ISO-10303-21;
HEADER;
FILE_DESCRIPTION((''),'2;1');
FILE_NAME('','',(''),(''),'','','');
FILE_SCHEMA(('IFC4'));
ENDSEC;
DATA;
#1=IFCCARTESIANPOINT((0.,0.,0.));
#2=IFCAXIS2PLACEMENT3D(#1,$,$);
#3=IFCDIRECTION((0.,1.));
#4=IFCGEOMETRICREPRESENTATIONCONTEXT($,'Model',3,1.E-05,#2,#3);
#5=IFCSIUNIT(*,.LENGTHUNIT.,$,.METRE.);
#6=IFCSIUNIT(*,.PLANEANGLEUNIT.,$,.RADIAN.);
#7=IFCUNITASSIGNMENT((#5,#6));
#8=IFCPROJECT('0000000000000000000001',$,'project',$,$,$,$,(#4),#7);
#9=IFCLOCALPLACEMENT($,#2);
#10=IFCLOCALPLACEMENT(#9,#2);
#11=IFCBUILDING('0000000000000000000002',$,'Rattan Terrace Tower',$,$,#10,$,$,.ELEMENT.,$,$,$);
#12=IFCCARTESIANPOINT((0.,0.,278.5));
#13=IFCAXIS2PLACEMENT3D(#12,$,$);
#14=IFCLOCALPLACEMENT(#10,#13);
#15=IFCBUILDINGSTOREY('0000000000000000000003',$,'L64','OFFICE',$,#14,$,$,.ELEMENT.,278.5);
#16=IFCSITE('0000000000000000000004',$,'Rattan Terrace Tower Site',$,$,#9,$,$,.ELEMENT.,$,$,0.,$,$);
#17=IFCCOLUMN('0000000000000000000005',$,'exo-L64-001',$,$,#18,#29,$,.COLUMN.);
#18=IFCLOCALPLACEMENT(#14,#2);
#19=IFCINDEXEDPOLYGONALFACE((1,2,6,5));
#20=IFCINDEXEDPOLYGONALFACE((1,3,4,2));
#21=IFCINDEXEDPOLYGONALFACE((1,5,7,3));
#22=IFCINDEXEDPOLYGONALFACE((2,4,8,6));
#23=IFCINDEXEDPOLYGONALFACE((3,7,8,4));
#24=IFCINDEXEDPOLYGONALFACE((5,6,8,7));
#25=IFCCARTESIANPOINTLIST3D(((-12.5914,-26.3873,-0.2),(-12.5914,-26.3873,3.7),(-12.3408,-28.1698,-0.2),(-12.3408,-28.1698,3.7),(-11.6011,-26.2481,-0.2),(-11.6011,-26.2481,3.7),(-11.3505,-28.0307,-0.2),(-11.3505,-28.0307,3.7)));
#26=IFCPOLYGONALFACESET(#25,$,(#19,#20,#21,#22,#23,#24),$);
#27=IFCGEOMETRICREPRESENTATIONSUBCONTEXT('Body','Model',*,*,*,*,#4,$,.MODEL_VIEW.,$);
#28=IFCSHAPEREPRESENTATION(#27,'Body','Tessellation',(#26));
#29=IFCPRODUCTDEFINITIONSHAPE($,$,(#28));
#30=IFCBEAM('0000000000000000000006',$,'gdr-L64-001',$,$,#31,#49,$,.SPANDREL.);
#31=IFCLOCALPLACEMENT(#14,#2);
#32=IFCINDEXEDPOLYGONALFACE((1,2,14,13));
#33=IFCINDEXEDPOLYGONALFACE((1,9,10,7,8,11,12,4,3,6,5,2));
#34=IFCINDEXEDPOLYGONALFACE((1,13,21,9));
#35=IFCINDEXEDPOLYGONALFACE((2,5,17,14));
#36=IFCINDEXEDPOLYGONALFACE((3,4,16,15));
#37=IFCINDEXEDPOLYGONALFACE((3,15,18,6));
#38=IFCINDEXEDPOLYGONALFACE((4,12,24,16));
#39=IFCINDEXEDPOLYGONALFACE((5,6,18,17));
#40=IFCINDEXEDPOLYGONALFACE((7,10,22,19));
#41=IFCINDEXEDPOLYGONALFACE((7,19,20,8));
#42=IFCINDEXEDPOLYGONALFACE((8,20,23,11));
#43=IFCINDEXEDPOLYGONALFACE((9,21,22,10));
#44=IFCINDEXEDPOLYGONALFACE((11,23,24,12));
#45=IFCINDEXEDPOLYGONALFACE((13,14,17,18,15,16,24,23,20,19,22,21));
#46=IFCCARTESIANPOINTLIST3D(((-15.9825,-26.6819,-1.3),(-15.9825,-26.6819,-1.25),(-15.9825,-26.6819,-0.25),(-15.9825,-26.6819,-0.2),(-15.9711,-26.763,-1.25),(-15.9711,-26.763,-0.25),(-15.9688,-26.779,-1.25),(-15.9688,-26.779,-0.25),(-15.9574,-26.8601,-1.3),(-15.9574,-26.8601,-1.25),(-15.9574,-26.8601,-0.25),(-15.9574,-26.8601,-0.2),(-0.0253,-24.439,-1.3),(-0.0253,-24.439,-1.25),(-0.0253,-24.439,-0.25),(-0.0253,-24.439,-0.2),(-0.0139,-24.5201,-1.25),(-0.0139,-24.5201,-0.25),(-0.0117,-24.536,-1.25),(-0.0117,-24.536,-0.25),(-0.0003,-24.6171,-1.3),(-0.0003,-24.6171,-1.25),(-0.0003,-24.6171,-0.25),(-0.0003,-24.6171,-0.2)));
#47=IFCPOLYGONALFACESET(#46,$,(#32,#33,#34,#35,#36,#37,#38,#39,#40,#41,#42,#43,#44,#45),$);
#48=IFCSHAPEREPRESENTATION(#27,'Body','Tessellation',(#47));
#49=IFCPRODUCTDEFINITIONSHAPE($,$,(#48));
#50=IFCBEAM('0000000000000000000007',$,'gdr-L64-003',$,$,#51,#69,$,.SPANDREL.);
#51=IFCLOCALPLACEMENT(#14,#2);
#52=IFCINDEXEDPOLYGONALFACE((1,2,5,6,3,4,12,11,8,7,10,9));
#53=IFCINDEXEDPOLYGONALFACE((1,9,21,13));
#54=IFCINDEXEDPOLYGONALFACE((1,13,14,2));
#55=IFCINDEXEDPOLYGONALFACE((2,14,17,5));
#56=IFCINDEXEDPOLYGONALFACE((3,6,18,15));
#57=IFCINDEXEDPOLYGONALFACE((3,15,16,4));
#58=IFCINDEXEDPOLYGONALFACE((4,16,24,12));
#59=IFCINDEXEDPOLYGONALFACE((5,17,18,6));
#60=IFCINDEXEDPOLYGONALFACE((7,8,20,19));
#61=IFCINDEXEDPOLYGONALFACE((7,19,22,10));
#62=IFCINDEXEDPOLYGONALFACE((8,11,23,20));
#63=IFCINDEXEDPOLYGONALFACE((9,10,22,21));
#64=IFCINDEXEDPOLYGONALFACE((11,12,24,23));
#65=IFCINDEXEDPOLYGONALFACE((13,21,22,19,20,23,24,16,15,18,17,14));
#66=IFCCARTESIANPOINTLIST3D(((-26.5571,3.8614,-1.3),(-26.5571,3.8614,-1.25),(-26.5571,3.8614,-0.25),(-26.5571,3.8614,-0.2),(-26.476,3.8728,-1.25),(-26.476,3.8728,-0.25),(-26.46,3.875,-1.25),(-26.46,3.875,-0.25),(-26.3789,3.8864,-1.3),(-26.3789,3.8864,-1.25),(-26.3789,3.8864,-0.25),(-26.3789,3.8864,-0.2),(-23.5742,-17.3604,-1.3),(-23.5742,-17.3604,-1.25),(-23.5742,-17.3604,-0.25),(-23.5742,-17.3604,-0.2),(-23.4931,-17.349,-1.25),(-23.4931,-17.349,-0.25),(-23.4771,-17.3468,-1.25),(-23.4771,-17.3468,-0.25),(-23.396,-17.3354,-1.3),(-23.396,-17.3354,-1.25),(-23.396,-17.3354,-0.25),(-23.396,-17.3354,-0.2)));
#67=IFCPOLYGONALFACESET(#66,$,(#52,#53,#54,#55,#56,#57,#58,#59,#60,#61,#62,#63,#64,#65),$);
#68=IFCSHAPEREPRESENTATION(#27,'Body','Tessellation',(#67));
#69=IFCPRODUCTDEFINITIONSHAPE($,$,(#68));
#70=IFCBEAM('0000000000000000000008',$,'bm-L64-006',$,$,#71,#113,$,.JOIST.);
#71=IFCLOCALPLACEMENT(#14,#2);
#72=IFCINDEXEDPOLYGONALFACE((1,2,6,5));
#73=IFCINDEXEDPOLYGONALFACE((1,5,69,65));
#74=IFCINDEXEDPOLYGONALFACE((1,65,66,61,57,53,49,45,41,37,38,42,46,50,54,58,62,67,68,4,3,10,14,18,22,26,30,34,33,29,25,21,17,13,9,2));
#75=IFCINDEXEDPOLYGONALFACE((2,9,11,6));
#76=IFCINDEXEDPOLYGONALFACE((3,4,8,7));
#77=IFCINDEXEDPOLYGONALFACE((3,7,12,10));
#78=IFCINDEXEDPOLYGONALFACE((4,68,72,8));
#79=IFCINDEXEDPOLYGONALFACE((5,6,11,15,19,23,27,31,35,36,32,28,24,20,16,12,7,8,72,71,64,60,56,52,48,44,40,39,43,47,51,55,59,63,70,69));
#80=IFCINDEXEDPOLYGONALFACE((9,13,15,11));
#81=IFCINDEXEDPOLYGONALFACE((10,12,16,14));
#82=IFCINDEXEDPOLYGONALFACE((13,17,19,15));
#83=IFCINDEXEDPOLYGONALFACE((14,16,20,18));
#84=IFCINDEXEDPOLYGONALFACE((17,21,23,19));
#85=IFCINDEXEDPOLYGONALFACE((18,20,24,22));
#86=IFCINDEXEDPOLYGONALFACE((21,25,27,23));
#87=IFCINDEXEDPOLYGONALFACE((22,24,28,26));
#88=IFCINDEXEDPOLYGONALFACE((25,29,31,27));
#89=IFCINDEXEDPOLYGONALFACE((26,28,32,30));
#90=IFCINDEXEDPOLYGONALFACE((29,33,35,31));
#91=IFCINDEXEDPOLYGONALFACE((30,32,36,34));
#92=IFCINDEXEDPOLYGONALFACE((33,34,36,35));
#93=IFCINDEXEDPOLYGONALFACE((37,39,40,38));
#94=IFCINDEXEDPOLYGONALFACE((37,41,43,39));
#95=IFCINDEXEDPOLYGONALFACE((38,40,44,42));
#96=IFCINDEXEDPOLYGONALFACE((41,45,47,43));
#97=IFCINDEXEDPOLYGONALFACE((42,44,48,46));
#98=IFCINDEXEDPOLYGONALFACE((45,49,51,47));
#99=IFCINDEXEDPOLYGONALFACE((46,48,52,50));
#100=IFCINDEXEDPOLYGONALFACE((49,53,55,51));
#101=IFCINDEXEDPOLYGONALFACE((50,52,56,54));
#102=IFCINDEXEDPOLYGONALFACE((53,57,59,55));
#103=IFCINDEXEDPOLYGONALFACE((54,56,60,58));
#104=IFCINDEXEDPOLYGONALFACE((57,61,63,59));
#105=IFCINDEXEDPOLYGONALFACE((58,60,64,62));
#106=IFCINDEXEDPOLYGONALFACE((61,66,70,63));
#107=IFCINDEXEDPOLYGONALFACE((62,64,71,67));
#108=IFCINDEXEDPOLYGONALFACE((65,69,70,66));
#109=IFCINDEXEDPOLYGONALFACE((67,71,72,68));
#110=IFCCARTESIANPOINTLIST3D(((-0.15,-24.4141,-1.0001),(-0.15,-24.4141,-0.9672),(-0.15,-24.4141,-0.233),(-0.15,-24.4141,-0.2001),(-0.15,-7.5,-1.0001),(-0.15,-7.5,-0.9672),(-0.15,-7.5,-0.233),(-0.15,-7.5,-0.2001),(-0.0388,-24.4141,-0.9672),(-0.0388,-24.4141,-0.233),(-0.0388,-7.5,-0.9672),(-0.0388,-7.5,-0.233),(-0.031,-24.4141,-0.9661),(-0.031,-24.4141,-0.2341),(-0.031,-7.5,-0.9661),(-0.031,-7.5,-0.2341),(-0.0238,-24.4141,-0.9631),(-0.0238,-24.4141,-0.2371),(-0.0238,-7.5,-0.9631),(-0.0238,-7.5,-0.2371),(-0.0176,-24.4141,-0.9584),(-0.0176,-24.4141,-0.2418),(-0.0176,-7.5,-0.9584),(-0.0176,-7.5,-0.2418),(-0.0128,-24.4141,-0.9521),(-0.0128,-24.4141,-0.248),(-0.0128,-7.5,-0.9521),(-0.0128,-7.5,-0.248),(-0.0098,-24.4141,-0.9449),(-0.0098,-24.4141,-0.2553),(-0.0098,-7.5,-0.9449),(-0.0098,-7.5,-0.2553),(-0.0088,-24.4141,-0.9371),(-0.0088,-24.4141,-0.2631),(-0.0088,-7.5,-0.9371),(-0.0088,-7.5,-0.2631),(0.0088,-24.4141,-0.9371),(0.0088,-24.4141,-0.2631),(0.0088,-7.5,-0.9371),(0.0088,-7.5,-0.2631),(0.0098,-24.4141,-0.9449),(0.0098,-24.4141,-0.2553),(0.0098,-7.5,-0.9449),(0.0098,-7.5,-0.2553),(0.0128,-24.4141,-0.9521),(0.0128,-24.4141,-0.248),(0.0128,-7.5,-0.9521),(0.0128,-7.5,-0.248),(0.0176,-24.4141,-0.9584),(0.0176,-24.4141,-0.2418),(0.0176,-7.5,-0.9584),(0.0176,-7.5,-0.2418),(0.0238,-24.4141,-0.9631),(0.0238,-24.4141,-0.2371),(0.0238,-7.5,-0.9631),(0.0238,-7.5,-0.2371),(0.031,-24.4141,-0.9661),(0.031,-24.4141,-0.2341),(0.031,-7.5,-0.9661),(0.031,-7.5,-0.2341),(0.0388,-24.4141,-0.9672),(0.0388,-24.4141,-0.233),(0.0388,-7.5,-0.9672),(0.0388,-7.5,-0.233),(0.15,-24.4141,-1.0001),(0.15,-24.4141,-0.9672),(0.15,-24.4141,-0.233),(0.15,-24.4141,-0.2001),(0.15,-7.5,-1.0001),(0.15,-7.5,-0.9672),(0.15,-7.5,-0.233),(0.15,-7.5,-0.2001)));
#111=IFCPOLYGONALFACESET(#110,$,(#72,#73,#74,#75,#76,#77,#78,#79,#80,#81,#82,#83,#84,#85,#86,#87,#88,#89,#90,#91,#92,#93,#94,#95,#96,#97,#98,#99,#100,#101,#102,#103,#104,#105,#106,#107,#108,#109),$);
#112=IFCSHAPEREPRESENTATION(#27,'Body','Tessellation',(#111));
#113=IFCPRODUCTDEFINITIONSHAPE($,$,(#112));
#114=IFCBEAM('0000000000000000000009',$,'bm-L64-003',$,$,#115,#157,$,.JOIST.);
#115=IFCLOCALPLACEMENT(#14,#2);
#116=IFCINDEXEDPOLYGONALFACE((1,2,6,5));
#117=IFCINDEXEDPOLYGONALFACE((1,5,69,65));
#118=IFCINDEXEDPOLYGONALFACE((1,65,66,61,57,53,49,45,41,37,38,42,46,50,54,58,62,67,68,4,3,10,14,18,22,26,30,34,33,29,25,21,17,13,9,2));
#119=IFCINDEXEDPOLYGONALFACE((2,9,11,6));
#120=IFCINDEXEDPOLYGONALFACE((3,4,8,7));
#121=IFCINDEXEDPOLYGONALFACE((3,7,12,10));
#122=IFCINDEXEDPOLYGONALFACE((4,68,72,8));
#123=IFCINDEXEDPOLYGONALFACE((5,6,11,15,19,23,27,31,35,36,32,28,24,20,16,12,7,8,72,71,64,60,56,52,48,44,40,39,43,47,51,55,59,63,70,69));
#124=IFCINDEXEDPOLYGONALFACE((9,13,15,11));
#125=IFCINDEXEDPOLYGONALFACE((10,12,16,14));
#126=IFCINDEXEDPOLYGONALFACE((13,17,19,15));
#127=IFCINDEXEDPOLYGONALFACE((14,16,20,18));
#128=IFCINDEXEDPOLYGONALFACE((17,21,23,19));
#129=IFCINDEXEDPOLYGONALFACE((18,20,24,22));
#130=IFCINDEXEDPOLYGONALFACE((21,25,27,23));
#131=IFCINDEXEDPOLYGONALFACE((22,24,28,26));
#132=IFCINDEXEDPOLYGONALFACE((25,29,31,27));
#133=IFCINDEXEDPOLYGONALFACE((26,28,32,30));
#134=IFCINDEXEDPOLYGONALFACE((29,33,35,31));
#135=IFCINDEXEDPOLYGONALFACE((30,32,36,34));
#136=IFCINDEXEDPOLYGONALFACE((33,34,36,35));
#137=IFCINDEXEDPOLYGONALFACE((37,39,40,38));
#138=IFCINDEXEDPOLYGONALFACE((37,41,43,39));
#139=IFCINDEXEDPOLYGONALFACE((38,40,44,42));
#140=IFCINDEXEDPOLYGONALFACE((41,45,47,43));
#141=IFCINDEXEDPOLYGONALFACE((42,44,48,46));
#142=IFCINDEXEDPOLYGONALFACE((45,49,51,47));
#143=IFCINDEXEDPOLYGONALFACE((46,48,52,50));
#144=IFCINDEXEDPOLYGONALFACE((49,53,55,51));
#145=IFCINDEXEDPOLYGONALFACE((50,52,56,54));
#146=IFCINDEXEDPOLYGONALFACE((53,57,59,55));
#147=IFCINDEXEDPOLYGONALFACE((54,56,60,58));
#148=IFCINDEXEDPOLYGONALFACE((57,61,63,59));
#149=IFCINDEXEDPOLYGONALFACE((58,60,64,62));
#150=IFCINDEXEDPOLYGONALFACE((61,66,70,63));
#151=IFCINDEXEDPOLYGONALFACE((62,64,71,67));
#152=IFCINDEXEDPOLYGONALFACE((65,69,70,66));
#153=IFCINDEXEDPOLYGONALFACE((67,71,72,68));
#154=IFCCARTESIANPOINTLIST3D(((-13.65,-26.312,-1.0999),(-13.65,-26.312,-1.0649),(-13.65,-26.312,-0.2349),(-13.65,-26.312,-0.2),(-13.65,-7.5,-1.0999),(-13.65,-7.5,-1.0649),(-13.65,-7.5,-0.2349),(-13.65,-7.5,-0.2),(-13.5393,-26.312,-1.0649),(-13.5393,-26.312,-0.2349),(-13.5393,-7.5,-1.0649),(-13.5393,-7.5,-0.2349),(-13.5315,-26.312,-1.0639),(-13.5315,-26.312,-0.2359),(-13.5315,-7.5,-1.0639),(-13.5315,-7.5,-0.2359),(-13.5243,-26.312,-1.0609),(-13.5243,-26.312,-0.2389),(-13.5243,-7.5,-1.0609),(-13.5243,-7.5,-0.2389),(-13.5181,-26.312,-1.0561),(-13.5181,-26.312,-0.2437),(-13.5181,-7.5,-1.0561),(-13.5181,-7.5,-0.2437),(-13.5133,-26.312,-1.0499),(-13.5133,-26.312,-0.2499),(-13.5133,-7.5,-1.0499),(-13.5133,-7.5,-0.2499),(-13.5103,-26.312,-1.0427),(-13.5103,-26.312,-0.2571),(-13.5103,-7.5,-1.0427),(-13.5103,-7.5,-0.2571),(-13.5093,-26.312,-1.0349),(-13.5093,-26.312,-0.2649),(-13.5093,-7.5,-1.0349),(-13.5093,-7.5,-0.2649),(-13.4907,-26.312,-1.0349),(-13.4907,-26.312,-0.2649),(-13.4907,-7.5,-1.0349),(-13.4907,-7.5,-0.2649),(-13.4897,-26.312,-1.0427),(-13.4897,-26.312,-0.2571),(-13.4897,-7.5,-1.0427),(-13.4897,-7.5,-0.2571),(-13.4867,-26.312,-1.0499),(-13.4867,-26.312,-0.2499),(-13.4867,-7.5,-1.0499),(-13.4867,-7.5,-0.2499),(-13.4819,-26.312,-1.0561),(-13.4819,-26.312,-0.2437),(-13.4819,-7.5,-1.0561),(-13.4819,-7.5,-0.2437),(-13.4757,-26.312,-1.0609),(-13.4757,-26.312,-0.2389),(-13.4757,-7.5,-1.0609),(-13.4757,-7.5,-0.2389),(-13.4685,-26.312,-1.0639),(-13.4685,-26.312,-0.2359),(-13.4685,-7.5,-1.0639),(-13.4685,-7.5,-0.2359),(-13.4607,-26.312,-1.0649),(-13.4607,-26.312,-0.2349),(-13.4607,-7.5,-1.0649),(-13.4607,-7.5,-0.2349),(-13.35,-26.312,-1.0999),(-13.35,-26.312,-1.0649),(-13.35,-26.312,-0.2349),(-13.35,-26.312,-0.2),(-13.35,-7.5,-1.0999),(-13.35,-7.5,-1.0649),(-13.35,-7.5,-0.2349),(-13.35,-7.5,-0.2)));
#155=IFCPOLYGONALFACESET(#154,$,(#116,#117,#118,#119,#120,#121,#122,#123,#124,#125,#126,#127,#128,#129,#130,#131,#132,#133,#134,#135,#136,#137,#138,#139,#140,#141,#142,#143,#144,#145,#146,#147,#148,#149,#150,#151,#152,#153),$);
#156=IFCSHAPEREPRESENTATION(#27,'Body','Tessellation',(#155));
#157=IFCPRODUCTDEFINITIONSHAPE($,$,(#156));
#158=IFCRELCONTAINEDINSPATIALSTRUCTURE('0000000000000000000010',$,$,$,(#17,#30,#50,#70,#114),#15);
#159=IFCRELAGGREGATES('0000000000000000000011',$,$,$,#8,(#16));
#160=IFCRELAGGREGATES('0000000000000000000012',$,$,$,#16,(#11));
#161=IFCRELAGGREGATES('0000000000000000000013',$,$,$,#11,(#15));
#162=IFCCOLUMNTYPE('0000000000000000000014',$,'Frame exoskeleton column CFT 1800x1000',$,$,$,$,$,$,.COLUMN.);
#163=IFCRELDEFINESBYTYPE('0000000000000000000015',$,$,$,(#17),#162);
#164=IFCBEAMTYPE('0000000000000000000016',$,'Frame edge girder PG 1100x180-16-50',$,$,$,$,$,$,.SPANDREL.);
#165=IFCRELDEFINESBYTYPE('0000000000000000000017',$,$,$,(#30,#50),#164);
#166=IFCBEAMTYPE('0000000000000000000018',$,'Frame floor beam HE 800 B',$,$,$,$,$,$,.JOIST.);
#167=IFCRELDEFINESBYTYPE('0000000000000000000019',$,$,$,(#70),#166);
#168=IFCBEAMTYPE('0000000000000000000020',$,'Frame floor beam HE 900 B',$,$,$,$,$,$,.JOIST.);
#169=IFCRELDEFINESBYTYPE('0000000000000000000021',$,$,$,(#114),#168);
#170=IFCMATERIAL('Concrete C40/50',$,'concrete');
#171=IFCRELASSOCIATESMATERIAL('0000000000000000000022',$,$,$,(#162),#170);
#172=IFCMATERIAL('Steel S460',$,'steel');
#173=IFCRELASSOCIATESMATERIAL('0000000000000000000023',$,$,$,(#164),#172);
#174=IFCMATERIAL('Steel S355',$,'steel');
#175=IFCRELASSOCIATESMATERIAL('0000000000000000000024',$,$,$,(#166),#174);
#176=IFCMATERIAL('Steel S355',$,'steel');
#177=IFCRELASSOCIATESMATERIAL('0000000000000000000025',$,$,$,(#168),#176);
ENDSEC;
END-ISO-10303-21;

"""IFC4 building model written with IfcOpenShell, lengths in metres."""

from ifc_helpers import new_model, si_unit, direction, frame, origin, origin_2d, place, context, subcontext, project, spatial, rectangle, i_section, extrude, material, material_profile, profile_set, type_object, element, save


model = new_model("IFC4")

# Units and contexts
model_context = context("Model", 3, precision=1e-05, world=origin(), true_north=direction((0.0, 1.0)))
body_context = subcontext(model_context, "Body", "Model", "MODEL_VIEW")
ifc_project = project(units=[si_unit("LENGTHUNIT", "METRE"), si_unit("PLANEANGLEUNIT", "RADIAN")], contexts=[model_context])

# Site, building, storey
site_placement = place(None, origin())
site = spatial("IfcSite", under=ifc_project, at=site_placement, Name="Rattan Terrace Tower Site", CompositionType="ELEMENT", RefElevation=0.0)
building_placement = place(site_placement, origin())
building = spatial("IfcBuilding", under=site, at=building_placement, Name="Rattan Terrace Tower", CompositionType="ELEMENT")
storey_placement = place(building_placement, frame((0.0, 0.0, 278.5)))
storey = spatial("IfcBuildingStorey", under=building, at=storey_placement, Name="L64", Description="OFFICE", CompositionType="ELEMENT", Elevation=278.5)

# Column
ifc_material_1 = material(Name="Concrete C40/50", Category="concrete")
ifc_material_profile_1 = material_profile(ifc_material_1, rectangle(XDim=1.0, YDim=1.8, at=origin_2d()), Name="CFT 1800x1000")
ifc_profile_set_1 = profile_set([ifc_material_profile_1], Name="Concrete C40/50")
column_type = type_object("IfcColumnType", Name="Frame exoskeleton column CFT 1800x1000", PredefinedType="COLUMN", material=ifc_profile_set_1)
column_placement = place(storey_placement, frame((-11.9709, -27.209, -0.2), z_axis=(0.0, 0.0, 1.0), x_axis=(0.990266, 0.13919, 0.0)))
element("IfcColumn", 1, at=column_placement, inside=storey, type_object=column_type, Name="exo-L64-001", PredefinedType="COLUMN", context=body_context, shape_type="SweptSolid", body=[
    extrude(rectangle(XDim=1.0, YDim=1.8, at=origin_2d()), origin(), (0.0, 0.0, 1.0), 3.8999),
])

# Beams
ifc_material_2 = material(Name="Steel S460", Category="steel")
ifc_material_profile_2 = material_profile(ifc_material_2, i_section(OverallWidth=0.1799, OverallDepth=1.1001, WebThickness=0.0161, FlangeThickness=0.05, at=origin_2d()), Name="PG 1100x180-16-50")
ifc_profile_set_2 = profile_set([ifc_material_profile_2], Name="Steel S460")
beam_type_1 = type_object("IfcBeamType", Name="Frame edge girder PG 1100x180-16-50", PredefinedType="SPANDREL", material=ifc_profile_set_2)
beam_1_placement = place(storey_placement, frame((-15.97, -26.771, -0.75), z_axis=(0.990265, 0.139192, 0.0), x_axis=(-0.139192, 0.990265, 0.0)))
element("IfcBeam", 2, at=beam_1_placement, inside=storey, type_object=beam_type_1, Name="gdr-L64-001", PredefinedType="SPANDREL", context=body_context, shape_type="SweptSolid", body=[
    extrude(i_section(OverallWidth=0.1799, OverallDepth=1.1001, WebThickness=0.0161, FlangeThickness=0.05, at=origin_2d()), origin(), (0.0, 0.0, 1.0), 16.114),
])
beam_2_placement = place(storey_placement, frame((-23.4851, -17.3479, -0.75), z_axis=(-0.13919, 0.990266, 0.0), x_axis=(-0.990266, -0.13919, 0.0)))
element("IfcBeam", 3, at=beam_2_placement, inside=storey, type_object=beam_type_1, Name="gdr-L64-003", PredefinedType="SPANDREL", context=body_context, shape_type="SweptSolid", body=[
    extrude(i_section(OverallWidth=0.1799, OverallDepth=1.1001, WebThickness=0.0161, FlangeThickness=0.05, at=origin_2d()), origin(), (0.0, 0.0, 1.0), 21.4304),
])
ifc_material_3 = material(Name="Steel S355", Category="steel")
ifc_material_profile_3 = material_profile(ifc_material_3, i_section(OverallWidth=0.3, OverallDepth=0.8, WebThickness=0.0176, FlangeThickness=0.033, FilletRadius=0.03, at=origin_2d()), Name="HE 800 B")
ifc_profile_set_3 = profile_set([ifc_material_profile_3], Name="Steel S355")
beam_type_2 = type_object("IfcBeamType", Name="Frame floor beam HE 800 B", PredefinedType="JOIST", material=ifc_profile_set_3)
beam_3_placement = place(storey_placement, frame((0.0, -24.4141, -0.6001), z_axis=(0.0, 1.0, 0.0), x_axis=(-1.0, 0.0, 0.0)))
element("IfcBeam", 4, at=beam_3_placement, inside=storey, type_object=beam_type_2, Name="bm-L64-006", PredefinedType="JOIST", context=body_context, shape_type="SweptSolid", body=[
    extrude(i_section(OverallWidth=0.3, OverallDepth=0.8, WebThickness=0.0176, FlangeThickness=0.033, FilletRadius=0.03, at=origin_2d()), origin(), (0.0, 0.0, 1.0), 16.9141),
])
ifc_material_4 = material(Name="Steel S355", Category="steel")
ifc_material_profile_4 = material_profile(ifc_material_4, i_section(OverallWidth=0.3, OverallDepth=0.8999, WebThickness=0.0186, FlangeThickness=0.0349, FilletRadius=0.03, at=origin_2d()), Name="HE 900 B")
ifc_profile_set_4 = profile_set([ifc_material_profile_4], Name="Steel S355")
beam_type_3 = type_object("IfcBeamType", Name="Frame floor beam HE 900 B", PredefinedType="JOIST", material=ifc_profile_set_4)
beam_4_placement = place(storey_placement, frame((-13.5, -26.312, -0.6499), z_axis=(0.0, 1.0, 0.0), x_axis=(-1.0, 0.0, 0.0)))
element("IfcBeam", 5, at=beam_4_placement, inside=storey, type_object=beam_type_3, Name="bm-L64-003", PredefinedType="JOIST", context=body_context, shape_type="SweptSolid", body=[
    extrude(i_section(OverallWidth=0.3, OverallDepth=0.8999, WebThickness=0.0186, FlangeThickness=0.0349, FilletRadius=0.03, at=origin_2d()), origin(), (0.0, 0.0, 1.0), 18.812),
])

save(model, "model.ifc")
